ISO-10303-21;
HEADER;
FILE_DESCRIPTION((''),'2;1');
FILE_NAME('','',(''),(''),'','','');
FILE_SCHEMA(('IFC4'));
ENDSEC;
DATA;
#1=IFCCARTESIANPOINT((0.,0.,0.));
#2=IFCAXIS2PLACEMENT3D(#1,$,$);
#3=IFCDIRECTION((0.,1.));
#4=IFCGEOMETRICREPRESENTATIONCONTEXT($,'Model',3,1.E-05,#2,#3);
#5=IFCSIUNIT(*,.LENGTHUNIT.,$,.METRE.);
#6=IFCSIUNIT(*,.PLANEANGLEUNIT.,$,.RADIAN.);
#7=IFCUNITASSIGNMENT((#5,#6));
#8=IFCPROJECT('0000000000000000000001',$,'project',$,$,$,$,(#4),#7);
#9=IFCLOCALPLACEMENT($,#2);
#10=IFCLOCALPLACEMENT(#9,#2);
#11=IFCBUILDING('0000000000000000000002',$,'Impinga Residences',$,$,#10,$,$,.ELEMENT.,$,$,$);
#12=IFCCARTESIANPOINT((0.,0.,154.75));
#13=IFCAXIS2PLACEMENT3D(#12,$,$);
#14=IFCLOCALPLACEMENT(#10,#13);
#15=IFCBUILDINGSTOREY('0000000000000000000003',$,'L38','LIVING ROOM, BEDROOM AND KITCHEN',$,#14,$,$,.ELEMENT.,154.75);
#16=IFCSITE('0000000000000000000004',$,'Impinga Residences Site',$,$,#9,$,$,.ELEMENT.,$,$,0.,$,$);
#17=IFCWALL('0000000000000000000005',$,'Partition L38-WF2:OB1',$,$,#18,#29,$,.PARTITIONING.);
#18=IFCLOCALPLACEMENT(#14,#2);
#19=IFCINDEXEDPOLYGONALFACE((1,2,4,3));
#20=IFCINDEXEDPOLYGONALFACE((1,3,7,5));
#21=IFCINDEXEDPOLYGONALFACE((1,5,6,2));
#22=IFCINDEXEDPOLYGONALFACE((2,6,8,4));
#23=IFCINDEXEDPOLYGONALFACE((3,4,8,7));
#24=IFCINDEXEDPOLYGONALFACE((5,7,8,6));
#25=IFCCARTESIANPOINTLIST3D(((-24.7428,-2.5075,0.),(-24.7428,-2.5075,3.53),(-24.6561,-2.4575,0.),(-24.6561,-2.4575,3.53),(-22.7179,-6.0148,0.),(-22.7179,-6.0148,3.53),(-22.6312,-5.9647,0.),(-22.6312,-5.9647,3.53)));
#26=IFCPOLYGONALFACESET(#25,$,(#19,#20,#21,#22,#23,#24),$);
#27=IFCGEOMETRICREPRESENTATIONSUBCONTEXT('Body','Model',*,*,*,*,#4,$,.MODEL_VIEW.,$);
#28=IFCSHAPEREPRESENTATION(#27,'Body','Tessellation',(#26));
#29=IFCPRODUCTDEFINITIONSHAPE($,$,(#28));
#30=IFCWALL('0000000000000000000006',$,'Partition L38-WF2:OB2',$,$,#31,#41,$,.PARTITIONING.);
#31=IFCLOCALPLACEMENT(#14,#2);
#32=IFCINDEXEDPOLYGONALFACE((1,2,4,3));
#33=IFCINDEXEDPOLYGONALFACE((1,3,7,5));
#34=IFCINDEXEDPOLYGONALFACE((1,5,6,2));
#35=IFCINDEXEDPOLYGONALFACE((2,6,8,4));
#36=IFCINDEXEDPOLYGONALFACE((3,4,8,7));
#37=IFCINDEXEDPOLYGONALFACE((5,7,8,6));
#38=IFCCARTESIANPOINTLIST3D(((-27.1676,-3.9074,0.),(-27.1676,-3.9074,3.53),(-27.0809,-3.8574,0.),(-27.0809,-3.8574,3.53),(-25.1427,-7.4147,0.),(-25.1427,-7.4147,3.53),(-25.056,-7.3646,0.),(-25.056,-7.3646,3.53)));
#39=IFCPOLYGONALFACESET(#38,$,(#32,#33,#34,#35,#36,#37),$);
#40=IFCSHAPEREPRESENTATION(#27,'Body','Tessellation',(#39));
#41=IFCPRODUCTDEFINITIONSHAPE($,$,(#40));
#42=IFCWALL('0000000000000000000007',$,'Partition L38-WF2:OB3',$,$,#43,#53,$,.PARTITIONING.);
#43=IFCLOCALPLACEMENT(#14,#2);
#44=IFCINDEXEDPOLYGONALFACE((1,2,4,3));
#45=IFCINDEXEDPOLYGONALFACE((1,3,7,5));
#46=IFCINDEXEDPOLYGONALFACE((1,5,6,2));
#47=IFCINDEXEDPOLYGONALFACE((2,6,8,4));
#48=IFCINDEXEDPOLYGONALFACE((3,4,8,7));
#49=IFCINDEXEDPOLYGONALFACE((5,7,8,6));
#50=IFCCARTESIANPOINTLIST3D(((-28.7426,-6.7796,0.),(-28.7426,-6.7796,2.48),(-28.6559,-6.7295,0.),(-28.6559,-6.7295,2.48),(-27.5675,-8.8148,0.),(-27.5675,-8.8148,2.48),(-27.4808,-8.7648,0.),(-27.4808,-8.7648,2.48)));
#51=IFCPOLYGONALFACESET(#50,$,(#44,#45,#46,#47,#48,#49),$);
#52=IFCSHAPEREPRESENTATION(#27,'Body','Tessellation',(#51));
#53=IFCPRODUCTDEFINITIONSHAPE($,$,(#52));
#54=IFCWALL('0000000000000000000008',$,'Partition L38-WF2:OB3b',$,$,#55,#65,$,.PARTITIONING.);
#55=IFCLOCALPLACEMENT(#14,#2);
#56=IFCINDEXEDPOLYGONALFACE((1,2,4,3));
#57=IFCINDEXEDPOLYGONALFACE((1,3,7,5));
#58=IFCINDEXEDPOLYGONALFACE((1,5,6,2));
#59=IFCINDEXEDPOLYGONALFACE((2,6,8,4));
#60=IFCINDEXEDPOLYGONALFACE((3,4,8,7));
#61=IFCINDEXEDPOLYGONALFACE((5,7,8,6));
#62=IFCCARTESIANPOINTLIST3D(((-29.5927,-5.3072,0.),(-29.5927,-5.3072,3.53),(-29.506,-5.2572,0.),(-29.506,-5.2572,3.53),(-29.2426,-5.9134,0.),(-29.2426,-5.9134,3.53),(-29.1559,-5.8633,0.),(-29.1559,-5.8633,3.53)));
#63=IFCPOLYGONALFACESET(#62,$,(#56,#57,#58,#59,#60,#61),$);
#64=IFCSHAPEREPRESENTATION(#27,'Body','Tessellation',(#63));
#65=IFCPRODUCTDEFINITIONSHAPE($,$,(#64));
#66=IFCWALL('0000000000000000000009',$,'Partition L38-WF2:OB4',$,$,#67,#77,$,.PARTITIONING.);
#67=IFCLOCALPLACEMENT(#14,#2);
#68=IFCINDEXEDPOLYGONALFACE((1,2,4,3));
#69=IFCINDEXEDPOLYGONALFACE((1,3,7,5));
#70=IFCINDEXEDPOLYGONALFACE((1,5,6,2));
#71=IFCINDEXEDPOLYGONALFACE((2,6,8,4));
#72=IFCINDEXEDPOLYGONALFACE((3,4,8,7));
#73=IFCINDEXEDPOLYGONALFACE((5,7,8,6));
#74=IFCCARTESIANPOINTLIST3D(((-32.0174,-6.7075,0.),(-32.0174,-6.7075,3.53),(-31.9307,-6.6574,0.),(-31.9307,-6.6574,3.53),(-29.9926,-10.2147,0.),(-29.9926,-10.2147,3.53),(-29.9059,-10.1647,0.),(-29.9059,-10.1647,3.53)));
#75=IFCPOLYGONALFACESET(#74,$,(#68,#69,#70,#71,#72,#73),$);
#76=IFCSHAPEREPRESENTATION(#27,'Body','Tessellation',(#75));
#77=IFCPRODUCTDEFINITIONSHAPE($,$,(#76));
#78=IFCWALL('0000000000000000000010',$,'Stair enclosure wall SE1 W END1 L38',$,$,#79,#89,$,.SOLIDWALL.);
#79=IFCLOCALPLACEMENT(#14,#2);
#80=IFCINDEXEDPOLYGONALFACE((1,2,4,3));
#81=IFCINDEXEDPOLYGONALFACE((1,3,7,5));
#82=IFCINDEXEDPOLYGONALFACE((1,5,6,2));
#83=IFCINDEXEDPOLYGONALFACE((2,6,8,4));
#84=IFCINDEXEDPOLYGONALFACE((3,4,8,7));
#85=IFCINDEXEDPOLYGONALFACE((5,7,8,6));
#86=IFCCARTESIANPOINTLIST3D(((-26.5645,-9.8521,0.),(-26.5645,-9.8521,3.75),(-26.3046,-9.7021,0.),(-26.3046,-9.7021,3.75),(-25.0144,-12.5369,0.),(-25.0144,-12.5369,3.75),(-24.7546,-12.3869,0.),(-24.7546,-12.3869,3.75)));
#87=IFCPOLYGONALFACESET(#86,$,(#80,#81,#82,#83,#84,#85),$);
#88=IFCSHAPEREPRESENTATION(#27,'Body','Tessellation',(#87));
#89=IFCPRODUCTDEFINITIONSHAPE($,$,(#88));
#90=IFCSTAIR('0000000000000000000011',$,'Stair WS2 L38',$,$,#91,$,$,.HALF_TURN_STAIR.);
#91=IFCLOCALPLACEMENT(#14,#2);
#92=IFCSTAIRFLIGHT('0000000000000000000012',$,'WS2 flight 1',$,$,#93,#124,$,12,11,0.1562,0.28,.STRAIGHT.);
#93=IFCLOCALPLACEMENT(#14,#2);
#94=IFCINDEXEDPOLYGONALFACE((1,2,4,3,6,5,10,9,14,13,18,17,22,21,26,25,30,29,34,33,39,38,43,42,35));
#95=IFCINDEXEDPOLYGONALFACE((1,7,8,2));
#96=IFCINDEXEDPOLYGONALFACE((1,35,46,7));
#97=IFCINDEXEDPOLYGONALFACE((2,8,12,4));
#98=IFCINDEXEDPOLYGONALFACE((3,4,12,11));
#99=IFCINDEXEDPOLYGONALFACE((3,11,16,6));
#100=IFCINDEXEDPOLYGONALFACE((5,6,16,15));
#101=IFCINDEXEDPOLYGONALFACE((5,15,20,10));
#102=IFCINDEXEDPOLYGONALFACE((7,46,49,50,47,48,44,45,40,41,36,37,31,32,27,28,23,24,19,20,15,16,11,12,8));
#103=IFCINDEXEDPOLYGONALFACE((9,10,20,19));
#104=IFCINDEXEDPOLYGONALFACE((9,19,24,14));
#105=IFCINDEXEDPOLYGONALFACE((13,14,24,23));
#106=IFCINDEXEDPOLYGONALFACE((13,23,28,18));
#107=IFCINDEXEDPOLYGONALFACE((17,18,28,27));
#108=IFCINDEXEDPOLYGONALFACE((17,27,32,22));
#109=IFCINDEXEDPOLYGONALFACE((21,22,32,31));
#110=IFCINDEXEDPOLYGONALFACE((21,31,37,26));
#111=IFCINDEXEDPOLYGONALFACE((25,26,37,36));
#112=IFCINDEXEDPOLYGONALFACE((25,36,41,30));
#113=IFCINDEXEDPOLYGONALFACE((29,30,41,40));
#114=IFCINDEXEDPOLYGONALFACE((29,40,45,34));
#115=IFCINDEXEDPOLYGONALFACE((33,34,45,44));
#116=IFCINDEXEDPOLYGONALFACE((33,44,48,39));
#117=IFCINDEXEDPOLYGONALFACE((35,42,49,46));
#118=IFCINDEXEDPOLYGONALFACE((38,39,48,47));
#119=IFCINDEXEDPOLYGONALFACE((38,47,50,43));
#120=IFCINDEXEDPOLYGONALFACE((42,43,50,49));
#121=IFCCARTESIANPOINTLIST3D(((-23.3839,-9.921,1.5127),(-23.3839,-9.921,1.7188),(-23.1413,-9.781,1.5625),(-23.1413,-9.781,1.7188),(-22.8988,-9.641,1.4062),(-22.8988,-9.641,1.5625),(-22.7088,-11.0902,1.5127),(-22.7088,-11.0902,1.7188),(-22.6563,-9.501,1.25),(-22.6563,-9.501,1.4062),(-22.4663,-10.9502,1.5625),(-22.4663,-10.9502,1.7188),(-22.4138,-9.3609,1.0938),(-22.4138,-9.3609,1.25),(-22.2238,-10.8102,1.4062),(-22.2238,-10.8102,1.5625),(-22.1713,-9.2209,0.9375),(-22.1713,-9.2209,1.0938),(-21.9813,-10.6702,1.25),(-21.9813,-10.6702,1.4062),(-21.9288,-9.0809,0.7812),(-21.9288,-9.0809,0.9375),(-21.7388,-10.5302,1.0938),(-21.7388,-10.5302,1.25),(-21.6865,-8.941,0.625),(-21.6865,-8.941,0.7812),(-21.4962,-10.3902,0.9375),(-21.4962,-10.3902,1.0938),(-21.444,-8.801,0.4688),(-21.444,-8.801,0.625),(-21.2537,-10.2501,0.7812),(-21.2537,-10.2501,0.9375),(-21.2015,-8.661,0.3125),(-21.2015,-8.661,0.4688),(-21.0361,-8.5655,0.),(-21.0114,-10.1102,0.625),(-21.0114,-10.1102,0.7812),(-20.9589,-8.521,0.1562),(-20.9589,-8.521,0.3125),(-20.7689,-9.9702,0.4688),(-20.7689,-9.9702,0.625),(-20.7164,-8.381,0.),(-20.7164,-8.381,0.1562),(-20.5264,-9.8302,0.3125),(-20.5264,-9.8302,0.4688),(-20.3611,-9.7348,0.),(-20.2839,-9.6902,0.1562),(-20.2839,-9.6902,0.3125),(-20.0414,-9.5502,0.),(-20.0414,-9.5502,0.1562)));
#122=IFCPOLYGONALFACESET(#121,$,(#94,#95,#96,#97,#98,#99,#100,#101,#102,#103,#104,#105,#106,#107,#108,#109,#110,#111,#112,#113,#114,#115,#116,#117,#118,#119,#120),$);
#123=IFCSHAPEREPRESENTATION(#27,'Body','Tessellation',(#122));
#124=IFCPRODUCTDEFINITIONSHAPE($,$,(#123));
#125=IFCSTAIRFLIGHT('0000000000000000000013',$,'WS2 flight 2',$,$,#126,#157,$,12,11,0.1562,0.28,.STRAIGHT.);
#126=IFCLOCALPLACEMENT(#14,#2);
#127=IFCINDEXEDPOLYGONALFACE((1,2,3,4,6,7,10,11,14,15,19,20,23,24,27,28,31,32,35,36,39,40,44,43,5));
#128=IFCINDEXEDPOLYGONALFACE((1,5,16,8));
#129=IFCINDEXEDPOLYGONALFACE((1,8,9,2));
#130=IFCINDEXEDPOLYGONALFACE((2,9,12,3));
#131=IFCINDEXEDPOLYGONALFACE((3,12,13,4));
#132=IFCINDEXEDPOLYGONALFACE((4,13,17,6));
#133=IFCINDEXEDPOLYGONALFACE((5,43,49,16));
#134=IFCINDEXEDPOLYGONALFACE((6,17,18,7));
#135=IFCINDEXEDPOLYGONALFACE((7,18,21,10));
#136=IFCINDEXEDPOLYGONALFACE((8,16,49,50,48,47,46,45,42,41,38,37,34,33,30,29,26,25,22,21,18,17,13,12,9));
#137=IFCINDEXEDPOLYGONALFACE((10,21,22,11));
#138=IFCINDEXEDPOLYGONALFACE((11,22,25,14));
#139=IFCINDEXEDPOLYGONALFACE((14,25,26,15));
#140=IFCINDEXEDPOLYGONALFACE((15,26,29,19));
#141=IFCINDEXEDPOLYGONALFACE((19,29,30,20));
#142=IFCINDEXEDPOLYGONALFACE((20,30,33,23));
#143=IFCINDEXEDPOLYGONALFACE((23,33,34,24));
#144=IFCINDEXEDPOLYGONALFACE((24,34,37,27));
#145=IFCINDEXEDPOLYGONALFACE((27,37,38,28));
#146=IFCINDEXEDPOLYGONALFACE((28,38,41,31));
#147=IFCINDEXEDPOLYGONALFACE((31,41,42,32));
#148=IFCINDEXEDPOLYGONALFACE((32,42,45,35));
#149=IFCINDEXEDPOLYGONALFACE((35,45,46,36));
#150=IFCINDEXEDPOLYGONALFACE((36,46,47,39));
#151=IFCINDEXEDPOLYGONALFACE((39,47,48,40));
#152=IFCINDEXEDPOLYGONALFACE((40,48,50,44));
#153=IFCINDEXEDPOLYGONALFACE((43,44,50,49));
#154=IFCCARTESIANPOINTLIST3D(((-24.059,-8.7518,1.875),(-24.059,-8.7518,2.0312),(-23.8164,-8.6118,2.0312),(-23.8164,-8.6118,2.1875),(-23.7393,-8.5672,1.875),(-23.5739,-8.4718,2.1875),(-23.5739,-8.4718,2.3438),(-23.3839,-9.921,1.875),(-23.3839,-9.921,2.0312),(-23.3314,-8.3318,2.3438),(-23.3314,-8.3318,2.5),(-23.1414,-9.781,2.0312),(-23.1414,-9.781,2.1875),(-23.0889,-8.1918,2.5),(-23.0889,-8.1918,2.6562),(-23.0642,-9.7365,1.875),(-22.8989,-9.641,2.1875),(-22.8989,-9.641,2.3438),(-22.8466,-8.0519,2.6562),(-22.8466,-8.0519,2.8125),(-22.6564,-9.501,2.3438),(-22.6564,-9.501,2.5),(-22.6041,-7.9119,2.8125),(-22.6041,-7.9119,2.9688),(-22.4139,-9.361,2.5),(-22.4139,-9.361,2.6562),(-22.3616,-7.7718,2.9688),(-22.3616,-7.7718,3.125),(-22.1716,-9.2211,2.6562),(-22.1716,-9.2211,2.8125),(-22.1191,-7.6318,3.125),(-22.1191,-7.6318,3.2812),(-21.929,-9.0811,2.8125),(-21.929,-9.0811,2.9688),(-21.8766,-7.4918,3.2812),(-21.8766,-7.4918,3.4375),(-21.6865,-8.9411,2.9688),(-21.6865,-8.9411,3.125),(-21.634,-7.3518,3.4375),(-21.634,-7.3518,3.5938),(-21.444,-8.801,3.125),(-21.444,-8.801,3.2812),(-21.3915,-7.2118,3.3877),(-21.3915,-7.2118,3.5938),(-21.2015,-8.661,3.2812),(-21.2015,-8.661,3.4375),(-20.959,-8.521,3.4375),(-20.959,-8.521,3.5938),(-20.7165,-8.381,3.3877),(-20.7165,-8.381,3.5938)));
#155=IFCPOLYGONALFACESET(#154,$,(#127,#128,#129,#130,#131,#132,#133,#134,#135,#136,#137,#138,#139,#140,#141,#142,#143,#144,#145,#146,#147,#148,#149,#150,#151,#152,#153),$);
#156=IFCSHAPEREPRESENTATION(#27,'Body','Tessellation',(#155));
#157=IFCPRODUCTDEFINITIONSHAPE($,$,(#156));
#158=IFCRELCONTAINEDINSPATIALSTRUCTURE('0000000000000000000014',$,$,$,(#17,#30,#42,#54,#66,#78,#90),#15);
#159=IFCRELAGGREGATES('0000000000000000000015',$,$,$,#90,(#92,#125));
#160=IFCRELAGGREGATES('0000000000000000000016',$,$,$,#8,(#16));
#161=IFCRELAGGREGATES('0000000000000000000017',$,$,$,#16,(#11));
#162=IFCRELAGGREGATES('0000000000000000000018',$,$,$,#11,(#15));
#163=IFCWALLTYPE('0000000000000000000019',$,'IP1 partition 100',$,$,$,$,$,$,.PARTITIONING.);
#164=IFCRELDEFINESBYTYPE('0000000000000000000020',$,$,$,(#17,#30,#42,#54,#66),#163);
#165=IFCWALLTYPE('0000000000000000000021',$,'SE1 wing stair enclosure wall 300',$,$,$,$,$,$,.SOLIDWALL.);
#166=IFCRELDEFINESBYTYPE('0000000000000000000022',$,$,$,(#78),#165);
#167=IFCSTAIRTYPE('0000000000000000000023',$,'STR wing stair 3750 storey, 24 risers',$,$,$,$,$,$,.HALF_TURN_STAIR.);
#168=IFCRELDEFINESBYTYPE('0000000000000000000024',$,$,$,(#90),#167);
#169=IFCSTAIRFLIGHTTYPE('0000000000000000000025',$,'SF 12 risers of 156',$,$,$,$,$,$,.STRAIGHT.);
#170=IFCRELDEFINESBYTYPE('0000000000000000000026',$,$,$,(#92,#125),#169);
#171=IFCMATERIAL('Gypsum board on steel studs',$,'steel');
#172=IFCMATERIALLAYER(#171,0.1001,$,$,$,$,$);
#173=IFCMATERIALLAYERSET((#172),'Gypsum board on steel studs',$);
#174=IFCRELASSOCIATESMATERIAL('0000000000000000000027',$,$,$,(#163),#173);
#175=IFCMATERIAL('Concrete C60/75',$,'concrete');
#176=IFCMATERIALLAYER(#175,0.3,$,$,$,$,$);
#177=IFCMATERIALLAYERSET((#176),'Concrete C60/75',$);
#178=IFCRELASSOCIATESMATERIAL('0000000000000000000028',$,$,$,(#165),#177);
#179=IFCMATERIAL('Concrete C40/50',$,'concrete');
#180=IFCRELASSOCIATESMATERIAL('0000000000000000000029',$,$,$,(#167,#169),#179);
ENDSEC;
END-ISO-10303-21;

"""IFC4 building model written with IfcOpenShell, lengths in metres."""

from ifc_helpers import new_model, si_unit, direction, frame, frame_2d, origin, place, context, subcontext, project, spatial, polyline, rectangle, outline, extrude, material, layer, layer_set, type_object, element, aggregate, save


model = new_model("IFC4")

# Units and contexts
model_context = context("Model", 3, precision=1e-05, world=origin(), true_north=direction((0.0, 1.0)))
body_context = subcontext(model_context, "Body", "Model", "MODEL_VIEW")
ifc_project = project(units=[si_unit("LENGTHUNIT", "METRE"), si_unit("PLANEANGLEUNIT", "RADIAN")], contexts=[model_context])

# Site, building, storey
site_placement = place(None, origin())
site = spatial("IfcSite", under=ifc_project, at=site_placement, Name="Impinga Residences Site", CompositionType="ELEMENT", RefElevation=0.0)
building_placement = place(site_placement, origin())
building = spatial("IfcBuilding", under=site, at=building_placement, Name="Impinga Residences", CompositionType="ELEMENT")
storey_placement = place(building_placement, frame((0.0, 0.0, 154.75)))
storey = spatial("IfcBuildingStorey", under=building, at=storey_placement, Name="L38", Description="LIVING ROOM, BEDROOM AND KITCHEN", CompositionType="ELEMENT", Elevation=154.75)

# Shared definitions
ifc_material_1 = material(Name="Concrete C60/75", Category="concrete")

# Walls
ifc_material_2 = material(Name="Gypsum board on steel studs", Category="steel")
ifc_layer_1 = layer(ifc_material_2, 0.1001)
ifc_layer_set_1 = layer_set([ifc_layer_1], Name="Gypsum board on steel studs")
wall_type_1 = type_object("IfcWallType", Name="IP1 partition 100", PredefinedType="PARTITIONING", material=ifc_layer_set_1)
for number, where, z_axis, x_axis, name in (
    (1, (-22.6746, -5.9897, 0.0), (0.0, 0.0, 1.0), (-0.49999, 0.866031, 0.0), "Partition L38-WF2:OB1"),
    (2, (-25.0994, -7.3896, 0.0), (0.0, 0.0, 1.0), (-0.49999, 0.866031, 0.0), "Partition L38-WF2:OB2"),
):
    element("IfcWall", number, at=place(storey_placement, frame(where, z_axis=z_axis, x_axis=x_axis)), inside=storey, type_object=wall_type_1, Name=name, PredefinedType="PARTITIONING", context=body_context, shape_type="SweptSolid", body=[
        extrude(rectangle(XDim=4.0498, YDim=0.1001, at=frame_2d((2.0249, 0.0))), origin(), (0.0, 0.0, 1.0), 3.53),
    ])
wall_1_placement = place(storey_placement, frame((-27.5242, -8.7898, 0.0), z_axis=(0.0, 0.0, 1.0), x_axis=(-0.500016, 0.866016, 0.0)))
element("IfcWall", 3, at=wall_1_placement, inside=storey, type_object=wall_type_1, Name="Partition L38-WF2:OB3", PredefinedType="PARTITIONING", context=body_context, shape_type="SweptSolid", body=[
    extrude(rectangle(XDim=2.3501, YDim=0.1001, at=frame_2d((1.175, 0.0))), origin(), (0.0, 0.0, 1.0), 2.48),
])
wall_2_placement = place(storey_placement, frame((-29.1992, -5.8884, 0.0), z_axis=(0.0, 0.0, 1.0), x_axis=(-0.500115, 0.865959, 0.0)))
element("IfcWall", 4, at=wall_2_placement, inside=storey, type_object=wall_type_1, Name="Partition L38-WF2:OB3b", PredefinedType="PARTITIONING", context=body_context, shape_type="SweptSolid", body=[
    extrude(rectangle(XDim=0.7, YDim=0.1001, at=frame_2d((0.3501, 0.0))), origin(), (0.0, 0.0, 1.0), 3.53),
])
wall_3_placement = place(storey_placement, frame((-29.9492, -10.1897, 0.0), z_axis=(0.0, 0.0, 1.0), x_axis=(-0.49999, 0.866031, 0.0)))
element("IfcWall", 5, at=wall_3_placement, inside=storey, type_object=wall_type_1, Name="Partition L38-WF2:OB4", PredefinedType="PARTITIONING", context=body_context, shape_type="SweptSolid", body=[
    extrude(rectangle(XDim=4.0498, YDim=0.1001, at=frame_2d((2.0249, 0.0))), origin(), (0.0, 0.0, 1.0), 3.53),
])
ifc_layer_2 = layer(ifc_material_1, 0.3)
ifc_layer_set_2 = layer_set([ifc_layer_2], Name="Concrete C60/75")
wall_type_2 = type_object("IfcWallType", Name="SE1 wing stair enclosure wall 300", PredefinedType="SOLIDWALL", material=ifc_layer_set_2)
wall_4_placement = place(storey_placement, frame((-24.8845, -12.4619, 0.0), z_axis=(0.0, 0.0, 1.0), x_axis=(-0.499993, 0.86603, 0.0)))
element("IfcWall", 6, at=wall_4_placement, inside=storey, type_object=wall_type_2, Name="Stair enclosure wall SE1 W END1 L38", PredefinedType="SOLIDWALL", context=body_context, shape_type="SweptSolid", body=[
    extrude(rectangle(XDim=3.1001, YDim=0.3, at=frame_2d((1.55, 0.0))), origin(), (0.0, 0.0, 1.0), 3.75),
])

# Stair, stair flights
ifc_material_3 = material(Name="Concrete C40/50", Category="concrete")
stair_type = type_object("IfcStairType", Name="STR wing stair 3750 storey, 24 risers", PredefinedType="HALF_TURN_STAIR", material=ifc_material_3)
stair_placement = place(storey_placement, origin())
stair = element("IfcStair", 7, at=stair_placement, inside=storey, type_object=stair_type, Name="Stair WS2 L38", PredefinedType="HALF_TURN_STAIR")
stair_flight_type = type_object("IfcStairFlightType", Name="SF 12 risers of 156", PredefinedType="STRAIGHT", material=ifc_material_3)
stair_flight_1_placement = place(storey_placement, frame((-20.3789, -8.9656, 0.0), z_axis=(0.0, 0.0, 1.0), x_axis=(-0.866025, -0.5, 0.0)))
stair_flight_1 = element("IfcStairFlight", 8, at=stair_flight_1_placement, type_object=stair_flight_type, Name="WS2 flight 1", NumberOfRisers=12, NumberOfTreads=11, PredefinedType="STRAIGHT", RiserHeight=0.1562, TreadLength=0.28, context=body_context, shape_type="SweptSolid", body=[
    extrude(outline(polyline([(0.0, 0.0), (0.0, 0.1562), (0.28, 0.1562), (0.28, 0.3125), (0.5601, 0.3125), (0.5601, 0.4688), (0.8401, 0.4688), (0.8401, 0.625), (1.1201, 0.625), (1.1201, 0.7812), (1.3999, 0.7812), (1.3999, 0.9375), (1.6799, 0.9375), (1.6799, 1.0938), (1.96, 1.0938), (1.96, 1.25), (2.24, 1.25), (2.24, 1.4062), (2.52, 1.4062), (2.52, 1.5625), (2.8, 1.5625), (2.8, 1.7188), (3.0801, 1.7188), (3.0801, 1.875), (3.0801, 1.5127), (0.3691, 0.0), (0.0, 0.0)])), frame((0.0, 0.675, 0.0), z_axis=(0.0, -1.0, 0.0), x_axis=(1.0, 0.0, 0.0)), (0.0, 0.0, 1.0), 1.3501),
])
stair_flight_2_placement = place(storey_placement, frame((-23.7214, -9.3364, 1.875), z_axis=(0.0, 0.0, 1.0), x_axis=(0.866025, 0.5, 0.0)))
stair_flight_2 = element("IfcStairFlight", 9, at=stair_flight_2_placement, type_object=stair_flight_type, Name="WS2 flight 2", NumberOfRisers=12, NumberOfTreads=11, PredefinedType="STRAIGHT", RiserHeight=0.1562, TreadLength=0.28, context=body_context, shape_type="SweptSolid", body=[
    extrude(outline(polyline([(0.0, 0.0), (0.0, 0.1562), (0.28, 0.1562), (0.28, 0.3125), (0.5601, 0.3125), (0.5601, 0.4688), (0.8401, 0.4688), (0.8401, 0.625), (1.1201, 0.625), (1.1201, 0.7812), (1.3999, 0.7812), (1.3999, 0.9375), (1.6799, 0.9375), (1.6799, 1.0938), (1.96, 1.0938), (1.96, 1.25), (2.24, 1.25), (2.24, 1.4062), (2.52, 1.4062), (2.52, 1.5625), (2.8, 1.5625), (2.8, 1.7188), (3.0801, 1.7188), (3.0801, 1.875), (3.0801, 1.5127), (0.3691, 0.0), (0.0, 0.0)])), frame((0.0, 0.675, 0.0), z_axis=(0.0, -1.0, 0.0), x_axis=(1.0, 0.0, 0.0)), (0.0, 0.0, 1.0), 1.3501),
])
aggregate(stair, [stair_flight_1, stair_flight_2])

save(model, "model.ifc")
